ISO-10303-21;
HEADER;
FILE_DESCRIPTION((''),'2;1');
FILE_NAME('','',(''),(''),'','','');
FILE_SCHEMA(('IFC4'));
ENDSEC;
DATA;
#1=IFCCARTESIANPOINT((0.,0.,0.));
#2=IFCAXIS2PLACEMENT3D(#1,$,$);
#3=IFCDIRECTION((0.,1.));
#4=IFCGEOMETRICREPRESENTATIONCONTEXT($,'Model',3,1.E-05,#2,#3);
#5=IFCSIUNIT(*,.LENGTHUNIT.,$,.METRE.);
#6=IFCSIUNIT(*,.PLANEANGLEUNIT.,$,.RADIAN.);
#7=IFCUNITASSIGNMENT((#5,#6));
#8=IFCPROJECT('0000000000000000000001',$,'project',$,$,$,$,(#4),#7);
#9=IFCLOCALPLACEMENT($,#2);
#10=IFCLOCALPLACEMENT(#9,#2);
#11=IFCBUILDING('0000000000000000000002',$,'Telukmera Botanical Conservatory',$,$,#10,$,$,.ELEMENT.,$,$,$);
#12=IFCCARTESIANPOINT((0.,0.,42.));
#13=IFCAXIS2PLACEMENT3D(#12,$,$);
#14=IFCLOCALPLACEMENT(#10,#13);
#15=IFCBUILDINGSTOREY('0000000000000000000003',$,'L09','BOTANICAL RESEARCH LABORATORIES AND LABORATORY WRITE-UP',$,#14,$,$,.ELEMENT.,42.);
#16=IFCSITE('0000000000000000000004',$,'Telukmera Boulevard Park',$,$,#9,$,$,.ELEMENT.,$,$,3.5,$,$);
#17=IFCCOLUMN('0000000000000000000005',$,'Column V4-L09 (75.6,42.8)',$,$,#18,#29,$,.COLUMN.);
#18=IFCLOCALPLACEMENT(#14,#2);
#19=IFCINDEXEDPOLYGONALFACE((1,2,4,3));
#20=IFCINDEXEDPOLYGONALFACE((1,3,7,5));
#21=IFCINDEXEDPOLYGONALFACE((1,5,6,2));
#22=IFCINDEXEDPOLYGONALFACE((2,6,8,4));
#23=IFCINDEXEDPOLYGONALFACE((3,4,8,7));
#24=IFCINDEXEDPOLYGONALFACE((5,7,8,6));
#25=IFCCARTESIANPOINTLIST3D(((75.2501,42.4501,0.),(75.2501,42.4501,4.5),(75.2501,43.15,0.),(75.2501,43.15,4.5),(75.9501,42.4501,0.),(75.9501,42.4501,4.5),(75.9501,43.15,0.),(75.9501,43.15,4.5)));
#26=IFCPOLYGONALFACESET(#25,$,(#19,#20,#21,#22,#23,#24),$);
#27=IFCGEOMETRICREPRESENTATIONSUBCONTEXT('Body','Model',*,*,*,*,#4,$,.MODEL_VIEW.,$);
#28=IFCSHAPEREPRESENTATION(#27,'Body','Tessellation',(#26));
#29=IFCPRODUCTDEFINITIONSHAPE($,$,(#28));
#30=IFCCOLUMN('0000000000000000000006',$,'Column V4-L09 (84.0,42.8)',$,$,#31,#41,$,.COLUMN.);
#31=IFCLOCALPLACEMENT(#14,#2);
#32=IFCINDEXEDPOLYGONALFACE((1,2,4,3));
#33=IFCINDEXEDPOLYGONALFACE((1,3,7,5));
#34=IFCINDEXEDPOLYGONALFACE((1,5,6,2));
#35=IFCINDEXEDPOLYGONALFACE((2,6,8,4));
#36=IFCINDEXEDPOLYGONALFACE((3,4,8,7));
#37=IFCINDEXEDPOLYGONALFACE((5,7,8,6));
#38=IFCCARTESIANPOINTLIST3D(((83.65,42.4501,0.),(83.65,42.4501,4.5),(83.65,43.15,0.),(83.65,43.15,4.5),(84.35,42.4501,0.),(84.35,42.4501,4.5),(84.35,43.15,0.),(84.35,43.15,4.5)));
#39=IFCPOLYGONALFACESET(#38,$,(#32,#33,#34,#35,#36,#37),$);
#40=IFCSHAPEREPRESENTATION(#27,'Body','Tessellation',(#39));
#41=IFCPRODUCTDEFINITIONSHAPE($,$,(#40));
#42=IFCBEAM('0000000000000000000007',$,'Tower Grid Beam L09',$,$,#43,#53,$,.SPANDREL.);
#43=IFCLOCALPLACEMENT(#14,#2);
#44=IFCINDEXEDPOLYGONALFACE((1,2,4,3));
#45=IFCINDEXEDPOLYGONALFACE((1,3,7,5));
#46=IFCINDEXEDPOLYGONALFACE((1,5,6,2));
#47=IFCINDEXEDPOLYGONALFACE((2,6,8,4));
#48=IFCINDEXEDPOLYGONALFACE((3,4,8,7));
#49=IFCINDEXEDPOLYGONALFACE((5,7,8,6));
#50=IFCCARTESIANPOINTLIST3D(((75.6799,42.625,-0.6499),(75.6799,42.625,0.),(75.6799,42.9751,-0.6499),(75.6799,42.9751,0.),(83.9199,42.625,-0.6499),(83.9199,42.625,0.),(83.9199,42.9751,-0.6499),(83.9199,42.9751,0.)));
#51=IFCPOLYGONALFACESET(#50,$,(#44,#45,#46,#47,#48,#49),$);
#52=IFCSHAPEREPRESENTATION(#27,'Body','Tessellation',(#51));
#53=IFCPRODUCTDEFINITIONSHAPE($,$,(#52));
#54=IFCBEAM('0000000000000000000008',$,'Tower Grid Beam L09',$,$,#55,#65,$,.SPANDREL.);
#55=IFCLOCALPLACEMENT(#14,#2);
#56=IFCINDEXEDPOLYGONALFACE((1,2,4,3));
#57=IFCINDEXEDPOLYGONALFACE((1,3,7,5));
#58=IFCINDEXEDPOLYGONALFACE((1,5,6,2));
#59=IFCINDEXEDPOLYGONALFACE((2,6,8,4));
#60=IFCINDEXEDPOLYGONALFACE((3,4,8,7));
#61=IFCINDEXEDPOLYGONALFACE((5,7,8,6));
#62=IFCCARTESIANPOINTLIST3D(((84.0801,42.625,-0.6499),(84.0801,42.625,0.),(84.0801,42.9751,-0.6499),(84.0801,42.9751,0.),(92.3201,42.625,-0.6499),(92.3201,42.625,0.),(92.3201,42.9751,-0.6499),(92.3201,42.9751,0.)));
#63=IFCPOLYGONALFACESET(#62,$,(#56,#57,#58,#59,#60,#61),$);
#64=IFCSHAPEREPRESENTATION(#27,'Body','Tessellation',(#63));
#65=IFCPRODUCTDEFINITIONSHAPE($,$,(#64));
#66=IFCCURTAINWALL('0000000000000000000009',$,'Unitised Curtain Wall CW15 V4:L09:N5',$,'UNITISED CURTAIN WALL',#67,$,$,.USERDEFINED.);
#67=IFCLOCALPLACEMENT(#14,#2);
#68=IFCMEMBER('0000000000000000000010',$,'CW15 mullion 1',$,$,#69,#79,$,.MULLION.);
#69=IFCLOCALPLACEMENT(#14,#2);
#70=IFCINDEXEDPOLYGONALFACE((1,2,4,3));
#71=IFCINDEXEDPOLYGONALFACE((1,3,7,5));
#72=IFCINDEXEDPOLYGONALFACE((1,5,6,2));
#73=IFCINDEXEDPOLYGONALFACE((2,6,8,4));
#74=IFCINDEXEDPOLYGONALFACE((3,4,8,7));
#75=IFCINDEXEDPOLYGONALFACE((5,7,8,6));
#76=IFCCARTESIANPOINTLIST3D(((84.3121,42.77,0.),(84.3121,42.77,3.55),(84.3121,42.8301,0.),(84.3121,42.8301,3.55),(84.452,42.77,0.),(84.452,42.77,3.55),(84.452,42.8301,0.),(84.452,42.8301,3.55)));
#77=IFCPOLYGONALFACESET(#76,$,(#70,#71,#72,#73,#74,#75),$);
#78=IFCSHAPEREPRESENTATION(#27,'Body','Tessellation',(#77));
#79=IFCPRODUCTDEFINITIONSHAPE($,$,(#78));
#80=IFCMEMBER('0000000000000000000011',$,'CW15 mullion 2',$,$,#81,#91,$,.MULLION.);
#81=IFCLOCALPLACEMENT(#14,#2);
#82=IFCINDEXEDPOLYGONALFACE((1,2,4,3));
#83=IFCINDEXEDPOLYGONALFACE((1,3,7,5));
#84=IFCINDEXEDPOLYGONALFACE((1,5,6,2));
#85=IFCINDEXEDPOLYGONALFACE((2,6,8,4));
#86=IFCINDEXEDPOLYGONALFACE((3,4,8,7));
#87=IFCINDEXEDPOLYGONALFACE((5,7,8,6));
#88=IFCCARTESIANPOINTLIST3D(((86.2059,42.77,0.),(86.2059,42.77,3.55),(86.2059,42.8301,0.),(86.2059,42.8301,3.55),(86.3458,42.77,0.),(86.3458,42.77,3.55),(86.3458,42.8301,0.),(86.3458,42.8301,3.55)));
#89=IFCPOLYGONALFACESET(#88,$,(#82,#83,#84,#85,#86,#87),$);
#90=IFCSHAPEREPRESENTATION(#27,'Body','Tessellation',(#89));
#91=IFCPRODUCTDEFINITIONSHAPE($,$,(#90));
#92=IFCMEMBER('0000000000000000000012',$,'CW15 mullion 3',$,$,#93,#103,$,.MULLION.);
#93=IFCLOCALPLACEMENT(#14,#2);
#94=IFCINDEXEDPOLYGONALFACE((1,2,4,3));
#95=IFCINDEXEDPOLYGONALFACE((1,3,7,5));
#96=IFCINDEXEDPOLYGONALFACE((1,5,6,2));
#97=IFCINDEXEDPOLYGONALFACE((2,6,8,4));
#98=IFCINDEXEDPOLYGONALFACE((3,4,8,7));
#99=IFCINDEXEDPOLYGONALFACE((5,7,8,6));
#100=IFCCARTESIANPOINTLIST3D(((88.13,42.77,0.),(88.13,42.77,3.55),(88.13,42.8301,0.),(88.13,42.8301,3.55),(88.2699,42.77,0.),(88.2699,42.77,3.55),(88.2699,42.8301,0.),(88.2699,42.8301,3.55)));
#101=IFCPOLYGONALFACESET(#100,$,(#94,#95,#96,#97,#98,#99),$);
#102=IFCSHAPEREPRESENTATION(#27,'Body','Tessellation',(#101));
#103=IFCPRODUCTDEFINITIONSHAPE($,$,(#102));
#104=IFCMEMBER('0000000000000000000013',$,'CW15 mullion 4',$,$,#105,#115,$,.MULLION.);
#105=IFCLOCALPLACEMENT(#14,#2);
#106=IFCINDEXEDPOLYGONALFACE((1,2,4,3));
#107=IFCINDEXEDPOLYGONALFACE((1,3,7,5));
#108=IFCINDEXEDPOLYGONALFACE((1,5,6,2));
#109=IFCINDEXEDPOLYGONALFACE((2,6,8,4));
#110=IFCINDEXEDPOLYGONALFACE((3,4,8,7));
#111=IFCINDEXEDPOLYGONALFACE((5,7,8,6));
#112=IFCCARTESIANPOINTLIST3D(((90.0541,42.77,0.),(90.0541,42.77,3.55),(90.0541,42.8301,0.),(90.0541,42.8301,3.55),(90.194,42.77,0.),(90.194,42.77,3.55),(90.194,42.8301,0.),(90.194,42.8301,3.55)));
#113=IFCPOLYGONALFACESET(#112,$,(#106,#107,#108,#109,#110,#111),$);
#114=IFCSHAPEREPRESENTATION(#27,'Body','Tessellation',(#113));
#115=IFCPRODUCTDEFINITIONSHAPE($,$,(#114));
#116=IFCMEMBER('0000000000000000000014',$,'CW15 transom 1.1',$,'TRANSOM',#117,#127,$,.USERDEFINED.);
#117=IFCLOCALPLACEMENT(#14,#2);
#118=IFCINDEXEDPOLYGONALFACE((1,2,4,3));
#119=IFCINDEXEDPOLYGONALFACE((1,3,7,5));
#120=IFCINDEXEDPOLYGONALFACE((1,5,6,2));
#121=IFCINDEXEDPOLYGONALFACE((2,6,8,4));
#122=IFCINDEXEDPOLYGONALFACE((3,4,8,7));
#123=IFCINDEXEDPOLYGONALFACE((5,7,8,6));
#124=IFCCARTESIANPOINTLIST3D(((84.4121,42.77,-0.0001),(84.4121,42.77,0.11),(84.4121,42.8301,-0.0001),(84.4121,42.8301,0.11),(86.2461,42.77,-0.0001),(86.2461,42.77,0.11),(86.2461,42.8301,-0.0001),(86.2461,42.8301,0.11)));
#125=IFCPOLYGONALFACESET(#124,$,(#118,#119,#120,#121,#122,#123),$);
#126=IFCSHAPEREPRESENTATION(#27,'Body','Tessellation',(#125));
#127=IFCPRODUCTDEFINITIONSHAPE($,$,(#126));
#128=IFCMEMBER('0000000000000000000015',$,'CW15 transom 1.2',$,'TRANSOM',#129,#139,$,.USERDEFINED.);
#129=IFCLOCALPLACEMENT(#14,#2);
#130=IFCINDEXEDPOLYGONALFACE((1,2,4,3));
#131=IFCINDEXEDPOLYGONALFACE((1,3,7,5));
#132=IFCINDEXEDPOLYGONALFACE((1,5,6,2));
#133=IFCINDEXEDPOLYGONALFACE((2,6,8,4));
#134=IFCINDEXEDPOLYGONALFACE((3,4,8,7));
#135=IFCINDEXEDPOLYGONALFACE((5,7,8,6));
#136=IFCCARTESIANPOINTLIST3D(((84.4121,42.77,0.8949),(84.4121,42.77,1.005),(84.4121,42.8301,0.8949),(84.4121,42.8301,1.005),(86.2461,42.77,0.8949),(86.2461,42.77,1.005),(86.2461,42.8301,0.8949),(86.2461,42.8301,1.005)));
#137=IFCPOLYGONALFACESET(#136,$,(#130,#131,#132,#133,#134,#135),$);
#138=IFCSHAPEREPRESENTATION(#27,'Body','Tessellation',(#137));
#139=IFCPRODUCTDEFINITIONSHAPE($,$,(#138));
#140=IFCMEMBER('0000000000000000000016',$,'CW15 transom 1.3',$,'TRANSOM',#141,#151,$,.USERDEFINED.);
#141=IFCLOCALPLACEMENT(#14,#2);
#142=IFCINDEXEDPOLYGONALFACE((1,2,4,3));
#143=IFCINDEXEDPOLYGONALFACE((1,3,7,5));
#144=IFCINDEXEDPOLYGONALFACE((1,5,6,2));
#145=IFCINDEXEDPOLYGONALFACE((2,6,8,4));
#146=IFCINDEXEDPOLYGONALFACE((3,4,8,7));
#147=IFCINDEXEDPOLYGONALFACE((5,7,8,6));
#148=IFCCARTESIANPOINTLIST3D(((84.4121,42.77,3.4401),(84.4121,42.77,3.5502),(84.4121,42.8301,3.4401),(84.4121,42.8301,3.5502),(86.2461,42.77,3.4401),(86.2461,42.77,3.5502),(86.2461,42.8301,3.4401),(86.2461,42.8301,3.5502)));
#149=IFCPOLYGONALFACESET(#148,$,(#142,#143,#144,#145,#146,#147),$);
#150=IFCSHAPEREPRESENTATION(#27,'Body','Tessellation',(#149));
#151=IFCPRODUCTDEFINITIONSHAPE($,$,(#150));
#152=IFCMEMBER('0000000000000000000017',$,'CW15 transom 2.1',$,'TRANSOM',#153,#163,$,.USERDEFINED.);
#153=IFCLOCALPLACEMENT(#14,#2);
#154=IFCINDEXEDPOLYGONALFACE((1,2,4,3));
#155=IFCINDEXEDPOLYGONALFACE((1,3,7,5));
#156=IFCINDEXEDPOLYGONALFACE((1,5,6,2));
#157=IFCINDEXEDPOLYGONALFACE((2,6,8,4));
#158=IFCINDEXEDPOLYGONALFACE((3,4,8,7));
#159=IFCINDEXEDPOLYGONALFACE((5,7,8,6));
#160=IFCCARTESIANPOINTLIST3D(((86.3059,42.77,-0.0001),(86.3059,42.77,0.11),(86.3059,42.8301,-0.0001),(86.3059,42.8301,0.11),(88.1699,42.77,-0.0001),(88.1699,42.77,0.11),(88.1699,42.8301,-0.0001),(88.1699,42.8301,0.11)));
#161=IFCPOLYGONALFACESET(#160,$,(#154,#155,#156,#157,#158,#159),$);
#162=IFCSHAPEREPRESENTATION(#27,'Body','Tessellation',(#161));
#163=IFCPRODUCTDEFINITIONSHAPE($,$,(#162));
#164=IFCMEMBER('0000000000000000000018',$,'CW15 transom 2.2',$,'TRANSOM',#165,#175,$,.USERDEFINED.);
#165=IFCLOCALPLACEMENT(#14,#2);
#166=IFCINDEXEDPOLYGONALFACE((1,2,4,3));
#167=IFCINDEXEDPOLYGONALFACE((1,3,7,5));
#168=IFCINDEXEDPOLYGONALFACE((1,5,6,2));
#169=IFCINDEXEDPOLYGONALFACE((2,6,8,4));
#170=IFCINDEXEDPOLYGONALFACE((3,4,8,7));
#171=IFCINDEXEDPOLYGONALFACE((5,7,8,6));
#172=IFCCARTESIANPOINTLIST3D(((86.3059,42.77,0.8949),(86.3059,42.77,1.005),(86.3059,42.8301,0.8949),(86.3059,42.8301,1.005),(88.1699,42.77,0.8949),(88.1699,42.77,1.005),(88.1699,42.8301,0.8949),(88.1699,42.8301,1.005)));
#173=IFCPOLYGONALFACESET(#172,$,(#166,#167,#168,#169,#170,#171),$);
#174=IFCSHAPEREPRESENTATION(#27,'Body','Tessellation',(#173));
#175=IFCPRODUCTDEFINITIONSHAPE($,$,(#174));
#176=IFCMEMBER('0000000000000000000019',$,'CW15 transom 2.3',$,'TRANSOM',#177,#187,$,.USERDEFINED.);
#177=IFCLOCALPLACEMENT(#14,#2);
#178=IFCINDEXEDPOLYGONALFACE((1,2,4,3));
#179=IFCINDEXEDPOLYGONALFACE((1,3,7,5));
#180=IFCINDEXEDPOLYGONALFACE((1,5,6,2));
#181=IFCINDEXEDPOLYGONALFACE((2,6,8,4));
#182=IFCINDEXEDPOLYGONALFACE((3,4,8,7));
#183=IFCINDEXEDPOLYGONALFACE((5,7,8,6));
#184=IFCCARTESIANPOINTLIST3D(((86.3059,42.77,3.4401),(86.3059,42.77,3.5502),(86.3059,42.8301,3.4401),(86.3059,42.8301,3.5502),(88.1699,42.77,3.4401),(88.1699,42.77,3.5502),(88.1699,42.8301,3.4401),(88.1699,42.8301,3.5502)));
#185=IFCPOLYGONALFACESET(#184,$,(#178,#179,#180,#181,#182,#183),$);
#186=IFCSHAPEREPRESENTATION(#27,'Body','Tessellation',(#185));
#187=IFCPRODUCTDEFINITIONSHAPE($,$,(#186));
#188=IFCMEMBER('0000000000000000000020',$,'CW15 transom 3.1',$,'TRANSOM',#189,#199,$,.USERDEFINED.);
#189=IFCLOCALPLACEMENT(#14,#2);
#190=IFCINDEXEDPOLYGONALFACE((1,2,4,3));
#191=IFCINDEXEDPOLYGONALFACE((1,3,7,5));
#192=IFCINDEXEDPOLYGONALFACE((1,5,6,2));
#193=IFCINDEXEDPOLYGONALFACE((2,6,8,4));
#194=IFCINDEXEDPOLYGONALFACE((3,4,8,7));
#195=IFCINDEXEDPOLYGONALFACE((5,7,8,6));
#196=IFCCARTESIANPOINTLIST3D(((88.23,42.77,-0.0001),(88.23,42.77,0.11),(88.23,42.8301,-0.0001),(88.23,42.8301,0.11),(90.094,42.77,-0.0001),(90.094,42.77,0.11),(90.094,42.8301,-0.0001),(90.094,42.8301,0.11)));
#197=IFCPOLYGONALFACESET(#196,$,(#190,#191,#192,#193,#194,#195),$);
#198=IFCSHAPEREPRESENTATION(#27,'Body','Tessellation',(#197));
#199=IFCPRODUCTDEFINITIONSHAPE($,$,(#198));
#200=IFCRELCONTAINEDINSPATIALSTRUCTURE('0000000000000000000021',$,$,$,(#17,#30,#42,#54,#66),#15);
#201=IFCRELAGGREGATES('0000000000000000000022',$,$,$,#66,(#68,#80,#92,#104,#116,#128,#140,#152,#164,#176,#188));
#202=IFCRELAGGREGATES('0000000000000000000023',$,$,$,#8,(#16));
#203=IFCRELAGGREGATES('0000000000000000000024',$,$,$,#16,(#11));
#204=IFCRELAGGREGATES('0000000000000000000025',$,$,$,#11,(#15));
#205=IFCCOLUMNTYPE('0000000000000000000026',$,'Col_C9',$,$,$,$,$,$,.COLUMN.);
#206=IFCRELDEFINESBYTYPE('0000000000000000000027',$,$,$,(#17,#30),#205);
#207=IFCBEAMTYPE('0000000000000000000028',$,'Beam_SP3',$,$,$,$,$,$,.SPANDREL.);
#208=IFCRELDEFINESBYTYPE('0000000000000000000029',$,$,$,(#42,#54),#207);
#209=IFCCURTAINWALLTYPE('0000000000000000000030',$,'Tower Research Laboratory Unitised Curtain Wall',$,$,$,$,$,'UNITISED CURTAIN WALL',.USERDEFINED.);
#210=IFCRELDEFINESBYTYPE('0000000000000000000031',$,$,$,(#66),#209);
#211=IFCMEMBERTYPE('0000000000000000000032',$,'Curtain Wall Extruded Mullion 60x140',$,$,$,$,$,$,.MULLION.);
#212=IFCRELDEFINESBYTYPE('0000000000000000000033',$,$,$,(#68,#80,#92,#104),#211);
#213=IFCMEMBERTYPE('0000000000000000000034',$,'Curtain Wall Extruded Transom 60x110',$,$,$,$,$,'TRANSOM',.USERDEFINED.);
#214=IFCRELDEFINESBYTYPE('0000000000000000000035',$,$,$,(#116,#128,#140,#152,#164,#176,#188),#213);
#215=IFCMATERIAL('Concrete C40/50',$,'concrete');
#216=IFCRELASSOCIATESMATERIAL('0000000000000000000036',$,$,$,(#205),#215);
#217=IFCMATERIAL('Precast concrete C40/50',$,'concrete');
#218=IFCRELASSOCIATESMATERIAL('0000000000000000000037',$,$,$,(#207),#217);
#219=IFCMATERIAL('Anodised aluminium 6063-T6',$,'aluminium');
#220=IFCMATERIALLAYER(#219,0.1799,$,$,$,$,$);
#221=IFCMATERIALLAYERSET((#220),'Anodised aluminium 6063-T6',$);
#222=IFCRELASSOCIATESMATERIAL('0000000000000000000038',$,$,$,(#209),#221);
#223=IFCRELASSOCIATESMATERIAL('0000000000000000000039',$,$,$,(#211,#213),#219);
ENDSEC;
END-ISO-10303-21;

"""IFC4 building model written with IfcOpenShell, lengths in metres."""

from ifc_helpers import new_model, si_unit, direction, frame, origin, origin_2d, place, context, subcontext, project, spatial, rectangle, extrude, material, layer, layer_set, material_profile, profile_set, type_object, element, aggregate, save


model = new_model("IFC4")

# Units and contexts
model_context = context("Model", 3, precision=1e-05, world=origin(), true_north=direction((0.0, 1.0)))
body_context = subcontext(model_context, "Body", "Model", "MODEL_VIEW")
ifc_project = project(units=[si_unit("LENGTHUNIT", "METRE"), si_unit("PLANEANGLEUNIT", "RADIAN")], contexts=[model_context])

# Site, building, storey
site_placement = place(None, origin())
site = spatial("IfcSite", under=ifc_project, at=site_placement, Name="Telukmera Boulevard Park", CompositionType="ELEMENT", RefElevation=3.5)
building_placement = place(site_placement, origin())
building = spatial("IfcBuilding", under=site, at=building_placement, Name="Telukmera Botanical Conservatory", CompositionType="ELEMENT")
storey_placement = place(building_placement, frame((0.0, 0.0, 42.0)))
storey = spatial("IfcBuildingStorey", under=building, at=storey_placement, Name="L09", Description="BOTANICAL RESEARCH LABORATORIES AND LABORATORY WRITE-UP", CompositionType="ELEMENT", Elevation=42.0)

# Columns
ifc_material_1 = material(Name="Concrete C40/50", Category="concrete")
ifc_material_profile_1 = material_profile(ifc_material_1, rectangle(XDim=0.7, YDim=0.7, at=origin_2d()), Name="RC 700x700")
ifc_profile_set_1 = profile_set([ifc_material_profile_1], Name="Concrete C40/50")
column_type = type_object("IfcColumnType", Name="Col_C9", PredefinedType="COLUMN", material=ifc_profile_set_1)
for number, where, z_axis, x_axis, name in (
    (1, (75.6001, 42.8, 0.0), (0.0, 0.0, 1.0), (1.0, 0.0, 0.0), "Column V4-L09 (75.6,42.8)"),
    (2, (84.0, 42.8, 0.0), (0.0, 0.0, 1.0), (1.0, 0.0, 0.0), "Column V4-L09 (84.0,42.8)"),
):
    element("IfcColumn", number, at=place(storey_placement, frame(where, z_axis=z_axis, x_axis=x_axis)), inside=storey, type_object=column_type, Name=name, PredefinedType="COLUMN", context=body_context, shape_type="SweptSolid", body=[
        extrude(rectangle(XDim=0.7, YDim=0.7, at=origin_2d()), origin(), (0.0, 0.0, 1.0), 4.5),
    ])

# Beams
ifc_material_2 = material(Name="Precast concrete C40/50", Category="concrete")
ifc_material_profile_2 = material_profile(ifc_material_2, rectangle(XDim=0.3501, YDim=0.6499, at=origin_2d()), Name="PC 350x650")
ifc_profile_set_2 = profile_set([ifc_material_profile_2], Name="Precast concrete C40/50")
beam_type = type_object("IfcBeamType", Name="Beam_SP3", PredefinedType="SPANDREL", material=ifc_profile_set_2)
for number, where, z_axis, x_axis, name in (
    (3, (75.6799, 42.8, -0.325), (1.0, 0.0, 0.0), (0.0, 1.0, 0.0), "Tower Grid Beam L09"),
    (4, (84.0801, 42.8, -0.325), (1.0, 0.0, 0.0), (0.0, 1.0, 0.0), "Tower Grid Beam L09"),
):
    element("IfcBeam", number, at=place(storey_placement, frame(where, z_axis=z_axis, x_axis=x_axis)), inside=storey, type_object=beam_type, Name=name, PredefinedType="SPANDREL", context=body_context, shape_type="SweptSolid", body=[
        extrude(rectangle(XDim=0.3501, YDim=0.6499, at=origin_2d()), origin(), (0.0, 0.0, 1.0), 8.24),
    ])

# Curtain wall, members
ifc_material_3 = material(Name="Anodised aluminium 6063-T6", Category="aluminium")
ifc_layer_1 = layer(ifc_material_3, 0.1799)
ifc_layer_set_1 = layer_set([ifc_layer_1], Name="Anodised aluminium 6063-T6")
curtain_wall_type = type_object("IfcCurtainWallType", Name="Tower Research Laboratory Unitised Curtain Wall", ElementType="UNITISED CURTAIN WALL", PredefinedType="USERDEFINED", material=ifc_layer_set_1)
curtain_wall_placement = place(storey_placement, origin())
curtain_wall = element("IfcCurtainWall", 5, at=curtain_wall_placement, inside=storey, type_object=curtain_wall_type, Name="Unitised Curtain Wall CW15 V4:L09:N5", ObjectType="UNITISED CURTAIN WALL", PredefinedType="USERDEFINED")
ifc_material_profile_3 = material_profile(ifc_material_3, rectangle(XDim=0.0601, YDim=0.1399, at=origin_2d()), Name="ALU MULL 60x140")
ifc_profile_set_3 = profile_set([ifc_material_profile_3], Name="Anodised aluminium 6063-T6")
member_type_1 = type_object("IfcMemberType", Name="Curtain Wall Extruded Mullion 60x140", PredefinedType="MULLION", material=ifc_profile_set_3)
member_1_placement = place(storey_placement, frame((84.3821, 42.8, 0.0), z_axis=(0.0, 0.0, 1.0), x_axis=(0.0, 1.0, 0.0)))
member_1 = element("IfcMember", 6, at=member_1_placement, type_object=member_type_1, Name="CW15 mullion 1", PredefinedType="MULLION", context=body_context, shape_type="SweptSolid", body=[
    extrude(rectangle(XDim=0.0601, YDim=0.1399, at=origin_2d()), origin(), (0.0, 0.0, 1.0), 3.55),
])
member_2_placement = place(storey_placement, frame((86.2759, 42.8, 0.0), z_axis=(0.0, 0.0, 1.0), x_axis=(0.0, 1.0, 0.0)))
member_2 = element("IfcMember", 7, at=member_2_placement, type_object=member_type_1, Name="CW15 mullion 2", PredefinedType="MULLION", context=body_context, shape_type="SweptSolid", body=[
    extrude(rectangle(XDim=0.0601, YDim=0.1399, at=origin_2d()), origin(), (0.0, 0.0, 1.0), 3.55),
])
member_3_placement = place(storey_placement, frame((88.2, 42.8, 0.0), z_axis=(0.0, 0.0, 1.0), x_axis=(0.0, 1.0, 0.0)))
member_3 = element("IfcMember", 8, at=member_3_placement, type_object=member_type_1, Name="CW15 mullion 3", PredefinedType="MULLION", context=body_context, shape_type="SweptSolid", body=[
    extrude(rectangle(XDim=0.0601, YDim=0.1399, at=origin_2d()), origin(), (0.0, 0.0, 1.0), 3.55),
])
member_4_placement = place(storey_placement, frame((90.124, 42.8, 0.0), z_axis=(0.0, 0.0, 1.0), x_axis=(0.0, 1.0, 0.0)))
member_4 = element("IfcMember", 9, at=member_4_placement, type_object=member_type_1, Name="CW15 mullion 4", PredefinedType="MULLION", context=body_context, shape_type="SweptSolid", body=[
    extrude(rectangle(XDim=0.0601, YDim=0.1399, at=origin_2d()), origin(), (0.0, 0.0, 1.0), 3.55),
])
ifc_material_profile_4 = material_profile(ifc_material_3, rectangle(XDim=0.0601, YDim=0.1101, at=origin_2d()), Name="ALU TRAN 60x110")
ifc_profile_set_4 = profile_set([ifc_material_profile_4], Name="Anodised aluminium 6063-T6")
member_type_2 = type_object("IfcMemberType", Name="Curtain Wall Extruded Transom 60x110", ElementType="TRANSOM", PredefinedType="USERDEFINED", material=ifc_profile_set_4)
member_5_placement = place(storey_placement, frame((84.4121, 42.8, 0.0549), z_axis=(1.0, 0.0, 0.0), x_axis=(0.0, 1.0, 0.0)))
member_5 = element("IfcMember", 10, at=member_5_placement, type_object=member_type_2, Name="CW15 transom 1.1", ObjectType="TRANSOM", PredefinedType="USERDEFINED", context=body_context, shape_type="SweptSolid", body=[
    extrude(rectangle(XDim=0.0601, YDim=0.1101, at=origin_2d()), origin(), (0.0, 0.0, 1.0), 1.834),
])
member_6_placement = place(storey_placement, frame((84.4121, 42.8, 0.95), z_axis=(1.0, 0.0, 0.0), x_axis=(0.0, 1.0, 0.0)))
member_6 = element("IfcMember", 11, at=member_6_placement, type_object=member_type_2, Name="CW15 transom 1.2", ObjectType="TRANSOM", PredefinedType="USERDEFINED", context=body_context, shape_type="SweptSolid", body=[
    extrude(rectangle(XDim=0.0601, YDim=0.1101, at=origin_2d()), origin(), (0.0, 0.0, 1.0), 1.834),
])
member_7_placement = place(storey_placement, frame((84.4121, 42.8, 3.4951), z_axis=(1.0, 0.0, 0.0), x_axis=(0.0, 1.0, 0.0)))
member_7 = element("IfcMember", 12, at=member_7_placement, type_object=member_type_2, Name="CW15 transom 1.3", ObjectType="TRANSOM", PredefinedType="USERDEFINED", context=body_context, shape_type="SweptSolid", body=[
    extrude(rectangle(XDim=0.0601, YDim=0.1101, at=origin_2d()), origin(), (0.0, 0.0, 1.0), 1.834),
])
member_8_placement = place(storey_placement, frame((86.3059, 42.8, 0.0549), z_axis=(1.0, 0.0, 0.0), x_axis=(0.0, 1.0, 0.0)))
member_8 = element("IfcMember", 13, at=member_8_placement, type_object=member_type_2, Name="CW15 transom 2.1", ObjectType="TRANSOM", PredefinedType="USERDEFINED", context=body_context, shape_type="SweptSolid", body=[
    extrude(rectangle(XDim=0.0601, YDim=0.1101, at=origin_2d()), origin(), (0.0, 0.0, 1.0), 1.864),
])
member_9_placement = place(storey_placement, frame((86.3059, 42.8, 0.95), z_axis=(1.0, 0.0, 0.0), x_axis=(0.0, 1.0, 0.0)))
member_9 = element("IfcMember", 14, at=member_9_placement, type_object=member_type_2, Name="CW15 transom 2.2", ObjectType="TRANSOM", PredefinedType="USERDEFINED", context=body_context, shape_type="SweptSolid", body=[
    extrude(rectangle(XDim=0.0601, YDim=0.1101, at=origin_2d()), origin(), (0.0, 0.0, 1.0), 1.864),
])
member_10_placement = place(storey_placement, frame((86.3059, 42.8, 3.4951), z_axis=(1.0, 0.0, 0.0), x_axis=(0.0, 1.0, 0.0)))
member_10 = element("IfcMember", 15, at=member_10_placement, type_object=member_type_2, Name="CW15 transom 2.3", ObjectType="TRANSOM", PredefinedType="USERDEFINED", context=body_context, shape_type="SweptSolid", body=[
    extrude(rectangle(XDim=0.0601, YDim=0.1101, at=origin_2d()), origin(), (0.0, 0.0, 1.0), 1.864),
])
member_11_placement = place(storey_placement, frame((88.23, 42.8, 0.0549), z_axis=(1.0, 0.0, 0.0), x_axis=(0.0, 1.0, 0.0)))
member_11 = element("IfcMember", 16, at=member_11_placement, type_object=member_type_2, Name="CW15 transom 3.1", ObjectType="TRANSOM", PredefinedType="USERDEFINED", context=body_context, shape_type="SweptSolid", body=[
    extrude(rectangle(XDim=0.0601, YDim=0.1101, at=origin_2d()), origin(), (0.0, 0.0, 1.0), 1.864),
])
aggregate(curtain_wall, [member_1, member_2, member_3, member_4, member_5, member_6, member_7, member_8, member_9, member_10, member_11])

save(model, "model.ifc")
